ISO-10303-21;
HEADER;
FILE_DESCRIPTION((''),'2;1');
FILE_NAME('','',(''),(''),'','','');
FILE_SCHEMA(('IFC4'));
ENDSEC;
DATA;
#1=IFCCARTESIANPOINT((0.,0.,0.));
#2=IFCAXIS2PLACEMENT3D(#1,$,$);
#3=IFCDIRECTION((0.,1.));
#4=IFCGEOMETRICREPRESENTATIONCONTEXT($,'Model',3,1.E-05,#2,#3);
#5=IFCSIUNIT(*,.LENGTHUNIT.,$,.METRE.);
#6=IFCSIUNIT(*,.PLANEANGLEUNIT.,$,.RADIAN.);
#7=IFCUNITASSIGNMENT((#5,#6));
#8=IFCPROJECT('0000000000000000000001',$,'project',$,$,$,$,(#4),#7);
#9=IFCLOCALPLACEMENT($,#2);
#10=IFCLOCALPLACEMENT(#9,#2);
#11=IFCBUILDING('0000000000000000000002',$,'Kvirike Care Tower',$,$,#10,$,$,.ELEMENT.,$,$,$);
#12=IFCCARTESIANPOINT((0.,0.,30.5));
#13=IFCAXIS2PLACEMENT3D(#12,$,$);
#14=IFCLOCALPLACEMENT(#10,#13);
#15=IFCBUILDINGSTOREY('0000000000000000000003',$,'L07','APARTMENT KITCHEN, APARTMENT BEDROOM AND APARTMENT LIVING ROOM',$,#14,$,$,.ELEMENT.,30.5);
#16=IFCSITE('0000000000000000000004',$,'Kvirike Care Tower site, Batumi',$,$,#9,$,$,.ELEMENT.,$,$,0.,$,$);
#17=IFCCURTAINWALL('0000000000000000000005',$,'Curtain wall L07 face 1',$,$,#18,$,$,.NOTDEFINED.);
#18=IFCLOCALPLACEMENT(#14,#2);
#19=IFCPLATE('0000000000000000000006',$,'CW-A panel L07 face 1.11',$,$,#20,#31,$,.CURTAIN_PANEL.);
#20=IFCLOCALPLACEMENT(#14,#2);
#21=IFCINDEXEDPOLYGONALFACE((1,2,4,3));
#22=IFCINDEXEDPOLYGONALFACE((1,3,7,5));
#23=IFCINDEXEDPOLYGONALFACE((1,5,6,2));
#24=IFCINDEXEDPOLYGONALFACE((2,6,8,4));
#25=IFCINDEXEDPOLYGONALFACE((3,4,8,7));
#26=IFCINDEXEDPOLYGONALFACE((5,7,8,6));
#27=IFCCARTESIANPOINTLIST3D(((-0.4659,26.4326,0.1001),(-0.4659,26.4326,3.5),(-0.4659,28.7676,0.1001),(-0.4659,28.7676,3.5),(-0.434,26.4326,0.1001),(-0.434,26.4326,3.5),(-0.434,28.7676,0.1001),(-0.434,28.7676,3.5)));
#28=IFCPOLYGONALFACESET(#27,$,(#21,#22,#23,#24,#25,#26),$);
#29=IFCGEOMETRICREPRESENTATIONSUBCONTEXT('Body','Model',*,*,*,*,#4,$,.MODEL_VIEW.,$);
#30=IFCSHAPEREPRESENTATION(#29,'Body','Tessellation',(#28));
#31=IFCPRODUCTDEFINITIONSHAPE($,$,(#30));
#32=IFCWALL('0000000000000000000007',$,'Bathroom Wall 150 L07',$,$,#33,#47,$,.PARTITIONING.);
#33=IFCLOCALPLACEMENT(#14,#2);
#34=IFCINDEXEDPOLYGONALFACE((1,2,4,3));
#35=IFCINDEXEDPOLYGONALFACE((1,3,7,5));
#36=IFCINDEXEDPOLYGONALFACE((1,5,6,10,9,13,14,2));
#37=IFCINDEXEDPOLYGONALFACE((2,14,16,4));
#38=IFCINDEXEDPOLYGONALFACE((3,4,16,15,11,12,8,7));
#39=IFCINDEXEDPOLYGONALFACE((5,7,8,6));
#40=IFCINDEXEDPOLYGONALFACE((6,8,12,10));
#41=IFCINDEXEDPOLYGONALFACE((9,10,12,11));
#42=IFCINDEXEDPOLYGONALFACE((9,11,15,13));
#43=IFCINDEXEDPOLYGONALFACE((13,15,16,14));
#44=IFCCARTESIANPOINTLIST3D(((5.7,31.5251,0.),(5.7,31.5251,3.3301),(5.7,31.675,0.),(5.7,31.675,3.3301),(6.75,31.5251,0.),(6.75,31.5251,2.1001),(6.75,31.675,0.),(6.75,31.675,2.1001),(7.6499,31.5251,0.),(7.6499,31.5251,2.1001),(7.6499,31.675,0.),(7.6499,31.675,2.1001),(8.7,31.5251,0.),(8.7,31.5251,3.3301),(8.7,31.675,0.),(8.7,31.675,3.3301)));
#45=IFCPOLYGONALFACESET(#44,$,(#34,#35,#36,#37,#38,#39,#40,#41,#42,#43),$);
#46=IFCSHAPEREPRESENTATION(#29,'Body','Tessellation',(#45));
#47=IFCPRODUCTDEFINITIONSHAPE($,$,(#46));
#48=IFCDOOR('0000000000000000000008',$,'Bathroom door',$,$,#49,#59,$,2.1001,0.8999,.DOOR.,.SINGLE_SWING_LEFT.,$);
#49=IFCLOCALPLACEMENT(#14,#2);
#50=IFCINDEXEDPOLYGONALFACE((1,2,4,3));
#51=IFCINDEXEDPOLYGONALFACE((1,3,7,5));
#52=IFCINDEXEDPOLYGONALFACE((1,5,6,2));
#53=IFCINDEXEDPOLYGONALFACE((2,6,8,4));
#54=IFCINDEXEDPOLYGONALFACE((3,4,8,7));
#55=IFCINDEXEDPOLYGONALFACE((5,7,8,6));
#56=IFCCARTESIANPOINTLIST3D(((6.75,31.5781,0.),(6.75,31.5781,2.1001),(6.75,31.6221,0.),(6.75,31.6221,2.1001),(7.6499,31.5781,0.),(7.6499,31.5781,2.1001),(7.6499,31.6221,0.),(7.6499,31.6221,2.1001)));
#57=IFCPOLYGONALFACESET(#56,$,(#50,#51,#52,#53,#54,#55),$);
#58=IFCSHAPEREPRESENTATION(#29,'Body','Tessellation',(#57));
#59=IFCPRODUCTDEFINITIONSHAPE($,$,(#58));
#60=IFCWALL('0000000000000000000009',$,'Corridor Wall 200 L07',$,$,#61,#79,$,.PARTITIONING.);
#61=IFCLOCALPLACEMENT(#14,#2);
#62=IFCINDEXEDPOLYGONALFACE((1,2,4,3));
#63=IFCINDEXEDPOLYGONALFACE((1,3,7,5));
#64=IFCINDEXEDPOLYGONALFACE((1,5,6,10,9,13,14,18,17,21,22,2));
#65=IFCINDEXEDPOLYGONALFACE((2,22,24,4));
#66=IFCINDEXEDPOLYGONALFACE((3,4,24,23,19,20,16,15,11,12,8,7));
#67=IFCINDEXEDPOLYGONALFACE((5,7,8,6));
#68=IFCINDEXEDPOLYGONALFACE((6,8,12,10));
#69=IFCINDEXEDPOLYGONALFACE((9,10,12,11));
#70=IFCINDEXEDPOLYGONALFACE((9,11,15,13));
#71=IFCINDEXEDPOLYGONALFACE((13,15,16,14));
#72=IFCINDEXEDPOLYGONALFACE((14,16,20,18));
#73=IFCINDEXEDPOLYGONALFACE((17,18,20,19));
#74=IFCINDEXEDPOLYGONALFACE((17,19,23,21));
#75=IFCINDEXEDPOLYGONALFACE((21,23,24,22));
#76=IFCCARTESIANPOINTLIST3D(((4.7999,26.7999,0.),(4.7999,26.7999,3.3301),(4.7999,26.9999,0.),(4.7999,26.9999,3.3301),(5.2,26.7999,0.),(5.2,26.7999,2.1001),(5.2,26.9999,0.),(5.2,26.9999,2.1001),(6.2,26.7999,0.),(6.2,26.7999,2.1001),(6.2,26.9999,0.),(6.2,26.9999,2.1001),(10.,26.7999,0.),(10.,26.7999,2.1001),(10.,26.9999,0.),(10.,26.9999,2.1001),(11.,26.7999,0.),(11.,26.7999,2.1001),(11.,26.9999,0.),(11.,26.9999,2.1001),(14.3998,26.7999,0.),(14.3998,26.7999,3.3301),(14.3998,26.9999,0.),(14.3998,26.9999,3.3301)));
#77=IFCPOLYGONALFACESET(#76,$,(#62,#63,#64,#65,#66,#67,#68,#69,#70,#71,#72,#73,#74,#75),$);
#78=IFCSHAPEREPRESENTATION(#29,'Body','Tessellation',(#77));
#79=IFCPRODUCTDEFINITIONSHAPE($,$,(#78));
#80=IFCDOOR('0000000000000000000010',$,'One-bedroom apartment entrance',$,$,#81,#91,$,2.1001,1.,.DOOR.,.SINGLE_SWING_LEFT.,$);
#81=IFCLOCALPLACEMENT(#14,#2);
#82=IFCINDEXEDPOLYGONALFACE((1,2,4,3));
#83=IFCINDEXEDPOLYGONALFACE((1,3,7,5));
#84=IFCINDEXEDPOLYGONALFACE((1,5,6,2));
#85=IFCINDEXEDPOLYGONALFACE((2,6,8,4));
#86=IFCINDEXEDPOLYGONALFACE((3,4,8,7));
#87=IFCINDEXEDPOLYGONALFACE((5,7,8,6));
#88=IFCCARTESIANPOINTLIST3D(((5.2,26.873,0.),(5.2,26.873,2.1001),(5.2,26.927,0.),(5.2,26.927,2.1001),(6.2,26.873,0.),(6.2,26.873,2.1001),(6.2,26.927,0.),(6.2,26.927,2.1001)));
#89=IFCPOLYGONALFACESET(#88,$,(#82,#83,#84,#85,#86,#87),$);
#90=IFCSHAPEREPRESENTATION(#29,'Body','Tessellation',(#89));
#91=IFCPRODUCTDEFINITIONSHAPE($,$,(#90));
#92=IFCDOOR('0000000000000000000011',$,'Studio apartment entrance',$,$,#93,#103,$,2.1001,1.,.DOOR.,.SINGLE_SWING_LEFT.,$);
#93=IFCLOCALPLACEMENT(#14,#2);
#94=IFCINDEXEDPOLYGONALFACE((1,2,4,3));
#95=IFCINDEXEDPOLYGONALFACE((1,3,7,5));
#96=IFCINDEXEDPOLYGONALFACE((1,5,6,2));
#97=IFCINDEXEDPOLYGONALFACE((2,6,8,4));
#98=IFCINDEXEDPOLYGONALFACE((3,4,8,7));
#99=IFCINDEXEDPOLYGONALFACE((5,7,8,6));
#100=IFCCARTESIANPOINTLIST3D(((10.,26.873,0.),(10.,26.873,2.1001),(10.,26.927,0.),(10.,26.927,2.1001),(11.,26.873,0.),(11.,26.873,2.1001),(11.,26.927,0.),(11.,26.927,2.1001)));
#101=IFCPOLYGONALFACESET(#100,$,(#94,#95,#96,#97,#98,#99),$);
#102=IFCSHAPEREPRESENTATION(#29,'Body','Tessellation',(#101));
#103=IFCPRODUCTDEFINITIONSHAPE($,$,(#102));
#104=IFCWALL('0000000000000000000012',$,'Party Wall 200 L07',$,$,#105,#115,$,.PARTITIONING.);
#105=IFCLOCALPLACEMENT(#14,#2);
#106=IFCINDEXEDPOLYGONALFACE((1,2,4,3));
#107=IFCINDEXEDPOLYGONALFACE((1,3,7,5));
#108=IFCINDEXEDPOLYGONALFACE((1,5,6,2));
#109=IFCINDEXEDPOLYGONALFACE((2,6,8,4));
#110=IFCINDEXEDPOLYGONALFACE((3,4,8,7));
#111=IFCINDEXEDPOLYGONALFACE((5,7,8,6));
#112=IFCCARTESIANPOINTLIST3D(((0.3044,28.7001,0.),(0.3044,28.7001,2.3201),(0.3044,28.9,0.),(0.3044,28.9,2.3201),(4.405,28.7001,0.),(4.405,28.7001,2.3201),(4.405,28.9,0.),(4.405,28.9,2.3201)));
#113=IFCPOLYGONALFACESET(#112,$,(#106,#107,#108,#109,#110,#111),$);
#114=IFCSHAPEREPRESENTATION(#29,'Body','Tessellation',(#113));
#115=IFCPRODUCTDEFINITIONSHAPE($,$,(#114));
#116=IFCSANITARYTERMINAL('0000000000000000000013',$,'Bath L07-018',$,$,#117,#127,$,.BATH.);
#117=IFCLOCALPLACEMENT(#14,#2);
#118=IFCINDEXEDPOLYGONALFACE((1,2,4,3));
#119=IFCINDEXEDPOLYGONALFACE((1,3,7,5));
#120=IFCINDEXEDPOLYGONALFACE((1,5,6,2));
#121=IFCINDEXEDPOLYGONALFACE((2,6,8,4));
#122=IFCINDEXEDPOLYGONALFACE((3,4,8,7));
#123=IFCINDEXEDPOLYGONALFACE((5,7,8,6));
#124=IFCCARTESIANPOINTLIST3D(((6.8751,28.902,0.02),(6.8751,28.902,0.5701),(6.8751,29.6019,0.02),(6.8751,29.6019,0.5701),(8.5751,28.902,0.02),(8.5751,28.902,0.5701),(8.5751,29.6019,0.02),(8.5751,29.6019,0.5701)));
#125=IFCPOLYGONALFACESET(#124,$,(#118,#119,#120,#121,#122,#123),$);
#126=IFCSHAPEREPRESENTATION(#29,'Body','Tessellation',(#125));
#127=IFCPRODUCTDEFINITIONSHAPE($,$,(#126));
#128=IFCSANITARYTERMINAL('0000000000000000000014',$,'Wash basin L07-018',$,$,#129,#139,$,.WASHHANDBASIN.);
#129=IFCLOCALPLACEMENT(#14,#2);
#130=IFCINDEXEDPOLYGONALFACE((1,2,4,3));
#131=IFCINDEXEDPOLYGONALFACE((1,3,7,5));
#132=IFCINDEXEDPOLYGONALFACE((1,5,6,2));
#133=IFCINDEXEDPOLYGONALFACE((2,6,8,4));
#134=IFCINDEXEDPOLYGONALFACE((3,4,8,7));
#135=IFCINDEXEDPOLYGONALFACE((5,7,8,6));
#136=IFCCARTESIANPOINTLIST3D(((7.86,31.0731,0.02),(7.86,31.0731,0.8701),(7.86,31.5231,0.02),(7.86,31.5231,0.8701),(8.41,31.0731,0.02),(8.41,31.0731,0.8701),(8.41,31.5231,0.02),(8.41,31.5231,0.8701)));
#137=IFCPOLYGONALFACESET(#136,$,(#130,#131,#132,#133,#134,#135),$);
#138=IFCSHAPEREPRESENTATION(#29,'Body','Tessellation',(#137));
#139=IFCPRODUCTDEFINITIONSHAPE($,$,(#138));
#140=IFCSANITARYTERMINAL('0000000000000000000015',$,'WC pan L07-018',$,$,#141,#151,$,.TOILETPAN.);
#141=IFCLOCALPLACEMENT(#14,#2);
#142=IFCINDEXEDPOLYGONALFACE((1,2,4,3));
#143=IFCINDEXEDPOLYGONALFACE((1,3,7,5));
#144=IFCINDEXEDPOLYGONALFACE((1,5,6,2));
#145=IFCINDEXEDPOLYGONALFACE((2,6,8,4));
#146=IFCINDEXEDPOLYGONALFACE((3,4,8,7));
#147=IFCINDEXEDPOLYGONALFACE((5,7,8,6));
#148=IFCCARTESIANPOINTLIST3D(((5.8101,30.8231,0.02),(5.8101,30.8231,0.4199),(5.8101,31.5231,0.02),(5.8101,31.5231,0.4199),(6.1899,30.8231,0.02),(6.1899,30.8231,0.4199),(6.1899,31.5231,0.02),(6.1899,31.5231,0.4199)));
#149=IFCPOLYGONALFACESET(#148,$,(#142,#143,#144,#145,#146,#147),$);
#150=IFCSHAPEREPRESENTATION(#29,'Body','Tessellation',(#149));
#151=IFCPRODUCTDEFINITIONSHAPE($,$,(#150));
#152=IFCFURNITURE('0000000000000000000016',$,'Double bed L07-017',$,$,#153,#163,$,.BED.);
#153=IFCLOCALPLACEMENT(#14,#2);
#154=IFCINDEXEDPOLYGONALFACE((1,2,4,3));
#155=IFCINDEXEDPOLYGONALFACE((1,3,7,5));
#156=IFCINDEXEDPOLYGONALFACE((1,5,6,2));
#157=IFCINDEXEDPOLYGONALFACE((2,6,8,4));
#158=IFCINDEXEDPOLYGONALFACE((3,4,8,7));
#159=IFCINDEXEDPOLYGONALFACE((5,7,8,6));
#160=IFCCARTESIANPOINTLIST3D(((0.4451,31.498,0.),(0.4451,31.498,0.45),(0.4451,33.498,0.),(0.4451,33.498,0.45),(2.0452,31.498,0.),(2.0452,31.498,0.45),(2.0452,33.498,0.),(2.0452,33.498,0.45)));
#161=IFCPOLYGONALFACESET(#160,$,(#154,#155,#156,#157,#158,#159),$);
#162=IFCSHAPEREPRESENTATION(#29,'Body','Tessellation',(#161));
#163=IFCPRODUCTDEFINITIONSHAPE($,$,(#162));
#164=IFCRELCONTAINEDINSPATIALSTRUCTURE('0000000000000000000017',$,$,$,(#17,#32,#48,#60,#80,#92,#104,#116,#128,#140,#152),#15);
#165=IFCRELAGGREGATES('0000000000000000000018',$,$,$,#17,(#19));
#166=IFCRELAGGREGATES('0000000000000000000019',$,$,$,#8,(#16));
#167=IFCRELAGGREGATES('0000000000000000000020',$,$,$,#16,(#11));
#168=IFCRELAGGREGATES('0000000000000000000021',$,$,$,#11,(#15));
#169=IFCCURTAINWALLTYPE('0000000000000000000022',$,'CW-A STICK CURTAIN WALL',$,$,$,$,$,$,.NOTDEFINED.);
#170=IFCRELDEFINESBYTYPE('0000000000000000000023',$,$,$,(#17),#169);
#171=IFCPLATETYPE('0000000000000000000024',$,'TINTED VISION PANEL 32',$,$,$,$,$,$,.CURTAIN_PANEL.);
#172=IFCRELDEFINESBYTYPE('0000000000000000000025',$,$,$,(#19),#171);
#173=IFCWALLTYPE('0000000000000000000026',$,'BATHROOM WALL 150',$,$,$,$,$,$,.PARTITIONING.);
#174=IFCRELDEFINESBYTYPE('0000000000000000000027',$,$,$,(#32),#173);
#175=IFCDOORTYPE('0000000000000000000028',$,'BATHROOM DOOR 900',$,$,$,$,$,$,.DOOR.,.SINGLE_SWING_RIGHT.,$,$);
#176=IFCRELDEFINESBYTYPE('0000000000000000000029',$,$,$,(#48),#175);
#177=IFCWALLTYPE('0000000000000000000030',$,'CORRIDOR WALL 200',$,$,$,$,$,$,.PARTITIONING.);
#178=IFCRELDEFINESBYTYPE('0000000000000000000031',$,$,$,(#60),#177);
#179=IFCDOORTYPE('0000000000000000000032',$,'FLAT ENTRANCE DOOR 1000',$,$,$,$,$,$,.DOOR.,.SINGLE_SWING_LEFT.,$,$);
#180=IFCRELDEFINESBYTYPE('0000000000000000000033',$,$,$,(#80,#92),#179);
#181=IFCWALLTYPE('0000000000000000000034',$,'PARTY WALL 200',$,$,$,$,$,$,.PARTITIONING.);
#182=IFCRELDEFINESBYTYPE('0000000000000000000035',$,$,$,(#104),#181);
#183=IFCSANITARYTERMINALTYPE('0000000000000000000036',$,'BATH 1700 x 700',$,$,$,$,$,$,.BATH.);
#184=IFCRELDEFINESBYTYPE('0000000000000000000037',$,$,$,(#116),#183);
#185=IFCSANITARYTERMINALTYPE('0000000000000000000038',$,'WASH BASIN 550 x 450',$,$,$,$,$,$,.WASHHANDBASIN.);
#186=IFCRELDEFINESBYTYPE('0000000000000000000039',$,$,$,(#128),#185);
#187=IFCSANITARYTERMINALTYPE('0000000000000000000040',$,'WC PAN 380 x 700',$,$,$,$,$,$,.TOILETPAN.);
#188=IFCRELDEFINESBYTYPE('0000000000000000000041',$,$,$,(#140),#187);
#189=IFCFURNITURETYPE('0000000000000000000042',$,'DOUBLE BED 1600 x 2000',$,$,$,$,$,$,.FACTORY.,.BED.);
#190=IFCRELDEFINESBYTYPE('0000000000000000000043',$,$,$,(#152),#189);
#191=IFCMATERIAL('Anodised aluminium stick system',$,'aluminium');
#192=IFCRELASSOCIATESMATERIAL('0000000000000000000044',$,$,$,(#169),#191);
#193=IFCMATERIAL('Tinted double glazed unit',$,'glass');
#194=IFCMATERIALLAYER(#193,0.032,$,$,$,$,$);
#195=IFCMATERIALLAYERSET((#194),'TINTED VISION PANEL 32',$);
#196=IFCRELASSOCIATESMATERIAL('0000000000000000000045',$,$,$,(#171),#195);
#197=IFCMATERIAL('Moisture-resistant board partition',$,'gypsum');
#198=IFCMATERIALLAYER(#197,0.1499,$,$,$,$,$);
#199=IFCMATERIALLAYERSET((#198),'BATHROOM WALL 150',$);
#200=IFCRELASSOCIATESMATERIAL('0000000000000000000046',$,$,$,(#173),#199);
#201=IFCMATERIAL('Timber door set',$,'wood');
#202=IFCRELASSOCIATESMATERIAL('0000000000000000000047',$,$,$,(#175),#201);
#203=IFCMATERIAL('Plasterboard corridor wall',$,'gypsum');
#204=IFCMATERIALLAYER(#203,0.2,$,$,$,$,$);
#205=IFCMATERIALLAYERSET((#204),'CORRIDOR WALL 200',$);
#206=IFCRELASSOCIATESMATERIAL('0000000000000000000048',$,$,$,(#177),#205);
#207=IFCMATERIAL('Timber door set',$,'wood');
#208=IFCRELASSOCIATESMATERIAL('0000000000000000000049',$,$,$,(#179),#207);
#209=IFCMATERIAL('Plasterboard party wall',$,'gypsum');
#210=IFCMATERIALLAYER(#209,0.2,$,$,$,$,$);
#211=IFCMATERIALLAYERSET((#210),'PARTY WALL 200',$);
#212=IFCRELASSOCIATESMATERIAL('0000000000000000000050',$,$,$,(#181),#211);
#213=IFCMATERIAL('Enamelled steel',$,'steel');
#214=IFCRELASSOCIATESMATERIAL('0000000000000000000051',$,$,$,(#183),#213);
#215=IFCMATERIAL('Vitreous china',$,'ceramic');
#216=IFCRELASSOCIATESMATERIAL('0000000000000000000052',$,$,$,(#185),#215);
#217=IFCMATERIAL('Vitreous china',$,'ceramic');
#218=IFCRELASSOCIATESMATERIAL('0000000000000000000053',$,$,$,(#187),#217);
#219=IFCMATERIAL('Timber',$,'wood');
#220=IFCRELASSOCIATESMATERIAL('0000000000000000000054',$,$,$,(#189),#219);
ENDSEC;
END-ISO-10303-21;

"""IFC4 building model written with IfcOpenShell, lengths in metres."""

from ifc_helpers import new_model, si_unit, direction, frame, frame_2d, origin, origin_2d, place, context, subcontext, project, spatial, rectangle, extrude, material, layer, layer_set, type_object, element, fill, aggregate, save


model = new_model("IFC4")

# Units and contexts
model_context = context("Model", 3, precision=1e-05, world=origin(), true_north=direction((0.0, 1.0)))
body_context = subcontext(model_context, "Body", "Model", "MODEL_VIEW")
ifc_project = project(units=[si_unit("LENGTHUNIT", "METRE"), si_unit("PLANEANGLEUNIT", "RADIAN")], contexts=[model_context])

# Site, building, storey
site_placement = place(None, origin())
site = spatial("IfcSite", under=ifc_project, at=site_placement, Name="Kvirike Care Tower site, Batumi", CompositionType="ELEMENT", RefElevation=0.0)
building_placement = place(site_placement, origin())
building = spatial("IfcBuilding", under=site, at=building_placement, Name="Kvirike Care Tower", CompositionType="ELEMENT")
storey_placement = place(building_placement, frame((0.0, 0.0, 30.5)))
storey = spatial("IfcBuildingStorey", under=building, at=storey_placement, Name="L07", Description="APARTMENT KITCHEN, APARTMENT BEDROOM AND APARTMENT LIVING ROOM", CompositionType="ELEMENT", Elevation=30.5)

# Curtain wall
ifc_material_1 = material(Name="Anodised aluminium stick system", Category="aluminium")
curtain_wall_type = type_object("IfcCurtainWallType", Name="CW-A STICK CURTAIN WALL", PredefinedType="NOTDEFINED", material=ifc_material_1)
curtain_wall_placement = place(storey_placement, origin())
curtain_wall = element("IfcCurtainWall", 1, at=curtain_wall_placement, inside=storey, type_object=curtain_wall_type, Name="Curtain wall L07 face 1", PredefinedType="NOTDEFINED")

# Plate
ifc_material_2 = material(Name="Tinted double glazed unit", Category="glass")
ifc_layer_1 = layer(ifc_material_2, 0.032)
ifc_layer_set_1 = layer_set([ifc_layer_1], Name="TINTED VISION PANEL 32")
plate_type = type_object("IfcPlateType", Name="TINTED VISION PANEL 32", PredefinedType="CURTAIN_PANEL", material=ifc_layer_set_1)
plate_1_placement = place(storey_placement, frame((-0.45, 27.6001, 0.1001), z_axis=(0.0, 0.0, 1.0), x_axis=(0.0, -1.0, 0.0)))
plate_1 = element("IfcPlate", 2, at=plate_1_placement, type_object=plate_type, Name="CW-A panel L07 face 1.11", PredefinedType="CURTAIN_PANEL", context=body_context, shape_type="SweptSolid", body=[
    extrude(rectangle(XDim=2.335, YDim=0.032, at=origin_2d()), origin(), (0.0, 0.0, 1.0), 3.3999),
])
aggregate(curtain_wall, [plate_1])

# Wall, opening, door
ifc_material_3 = material(Name="Moisture-resistant board partition", Category="gypsum")
ifc_layer_2 = layer(ifc_material_3, 0.1499)
ifc_layer_set_2 = layer_set([ifc_layer_2], Name="BATHROOM WALL 150")
wall_type_1 = type_object("IfcWallType", Name="BATHROOM WALL 150", PredefinedType="PARTITIONING", material=ifc_layer_set_2)
wall_1_placement = place(storey_placement, frame((5.7, 31.6001, 0.0), z_axis=(0.0, 0.0, 1.0), x_axis=(1.0, 0.0, 0.0)))
wall_1 = element("IfcWall", 3, at=wall_1_placement, inside=storey, type_object=wall_type_1, Name="Bathroom Wall 150 L07", PredefinedType="PARTITIONING", context=body_context, shape_type="SweptSolid", body=[
    extrude(rectangle(XDim=3.0, YDim=0.1499, at=frame_2d((1.5, 0.0))), origin(), (0.0, 0.0, 1.0), 3.3301),
])
opening_1_placement = place(wall_1_placement, frame((1.05, 0.0, 0.0)))
opening_1 = element("IfcOpeningElement", 4, at=opening_1_placement, cuts=wall_1, PredefinedType="OPENING", context=body_context, shape_type="SweptSolid", body=[
    extrude(rectangle(XDim=0.8999, YDim=2.1001, at=frame_2d((0.45, 1.05))), frame((0.0, 0.0854, 0.0), z_axis=(0.0, -1.0, 0.0), x_axis=(1.0, 0.0, 0.0)), (0.0, 0.0, 1.0), 0.1709),
])
ifc_material_4 = material(Name="Timber door set", Category="wood")
door_type_1 = type_object("IfcDoorType", Name="BATHROOM DOOR 900", OperationType="SINGLE_SWING_RIGHT", PredefinedType="DOOR", material=ifc_material_4)
door_1_placement = place(opening_1_placement, frame((0.8999, 0.0, 0.0), z_axis=(0.0, 0.0, 1.0), x_axis=(-1.0, 0.0, 0.0)))
door_1 = element("IfcDoor", 5, at=door_1_placement, inside=storey, type_object=door_type_1, Name="Bathroom door", OperationType="SINGLE_SWING_LEFT", OverallHeight=2.1001, OverallWidth=0.8999, PredefinedType="DOOR", context=body_context, shape_type="SweptSolid", body=[
    extrude(rectangle(XDim=0.8999, YDim=2.1001, at=frame_2d((0.45, 1.05))), frame((0.0, 0.022, 0.0), z_axis=(0.0, -1.0, 0.0), x_axis=(1.0, 0.0, 0.0)), (0.0, 0.0, 1.0), 0.0439),
])
fill(opening_1, door_1)

# Wall, openings, doors
ifc_material_5 = material(Name="Plasterboard corridor wall", Category="gypsum")
ifc_layer_3 = layer(ifc_material_5, 0.2)
ifc_layer_set_3 = layer_set([ifc_layer_3], Name="CORRIDOR WALL 200")
wall_type_2 = type_object("IfcWallType", Name="CORRIDOR WALL 200", PredefinedType="PARTITIONING", material=ifc_layer_set_3)
wall_2_placement = place(storey_placement, frame((4.8, 26.8999, 0.0), z_axis=(0.0, 0.0, 1.0), x_axis=(1.0, 0.0, 0.0)))
wall_2 = element("IfcWall", 6, at=wall_2_placement, inside=storey, type_object=wall_type_2, Name="Corridor Wall 200 L07", PredefinedType="PARTITIONING", context=body_context, shape_type="SweptSolid", body=[
    extrude(rectangle(XDim=9.5999, YDim=0.2, at=frame_2d((4.7998, 0.0))), origin(), (0.0, 0.0, 1.0), 3.3301),
])
opening_2_placement = place(wall_2_placement, frame((0.3999, 0.0, 0.0)))
opening_2 = element("IfcOpeningElement", 7, at=opening_2_placement, cuts=wall_2, PredefinedType="OPENING", context=body_context, shape_type="SweptSolid", body=[
    extrude(rectangle(XDim=1.0, YDim=2.1001, at=frame_2d((0.5, 1.05))), frame((0.0, 0.1106, 0.0), z_axis=(0.0, -1.0, 0.0), x_axis=(1.0, 0.0, 0.0)), (0.0, 0.0, 1.0), 0.2209),
])
opening_3_placement = place(wall_2_placement, frame((5.2, 0.0, 0.0)))
opening_3 = element("IfcOpeningElement", 8, at=opening_3_placement, cuts=wall_2, PredefinedType="OPENING", context=body_context, shape_type="SweptSolid", body=[
    extrude(rectangle(XDim=1.0, YDim=2.1001, at=frame_2d((0.5, 1.05))), frame((0.0, 0.1106, 0.0), z_axis=(0.0, -1.0, 0.0), x_axis=(1.0, 0.0, 0.0)), (0.0, 0.0, 1.0), 0.2209),
])
ifc_material_6 = material(Name="Timber door set", Category="wood")
door_type_2 = type_object("IfcDoorType", Name="FLAT ENTRANCE DOOR 1000", OperationType="SINGLE_SWING_LEFT", PredefinedType="DOOR", material=ifc_material_6)
door_2_placement = place(opening_2_placement, frame((1.0, 0.0, 0.0), z_axis=(0.0, 0.0, 1.0), x_axis=(-1.0, 0.0, 0.0)))
door_2 = element("IfcDoor", 9, at=door_2_placement, inside=storey, type_object=door_type_2, Name="One-bedroom apartment entrance", OperationType="SINGLE_SWING_LEFT", OverallHeight=2.1001, OverallWidth=1.0, PredefinedType="DOOR", context=body_context, shape_type="SweptSolid", body=[
    extrude(rectangle(XDim=1.0, YDim=2.1001, at=frame_2d((0.5, 1.05))), frame((0.0, 0.0269, 0.0), z_axis=(0.0, -1.0, 0.0), x_axis=(1.0, 0.0, 0.0)), (0.0, 0.0, 1.0), 0.054),
])
fill(opening_2, door_2)
door_3_placement = place(opening_3_placement, frame((1.0, 0.0, 0.0), z_axis=(0.0, 0.0, 1.0), x_axis=(-1.0, 0.0, 0.0)))
door_3 = element("IfcDoor", 10, at=door_3_placement, inside=storey, type_object=door_type_2, Name="Studio apartment entrance", OperationType="SINGLE_SWING_LEFT", OverallHeight=2.1001, OverallWidth=1.0, PredefinedType="DOOR", context=body_context, shape_type="SweptSolid", body=[
    extrude(rectangle(XDim=1.0, YDim=2.1001, at=frame_2d((0.5, 1.05))), frame((0.0, 0.0269, 0.0), z_axis=(0.0, -1.0, 0.0), x_axis=(1.0, 0.0, 0.0)), (0.0, 0.0, 1.0), 0.054),
])
fill(opening_3, door_3)

# Wall
ifc_material_7 = material(Name="Plasterboard party wall", Category="gypsum")
ifc_layer_4 = layer(ifc_material_7, 0.2)
ifc_layer_set_4 = layer_set([ifc_layer_4], Name="PARTY WALL 200")
wall_type_3 = type_object("IfcWallType", Name="PARTY WALL 200", PredefinedType="PARTITIONING", material=ifc_layer_set_4)
wall_3_placement = place(storey_placement, frame((4.405, 28.8, 0.0), z_axis=(0.0, 0.0, 1.0), x_axis=(-1.0, 0.0, 0.0)))
element("IfcWall", 11, at=wall_3_placement, inside=storey, type_object=wall_type_3, Name="Party Wall 200 L07", PredefinedType="PARTITIONING", context=body_context, shape_type="SweptSolid", body=[
    extrude(rectangle(XDim=4.1006, YDim=0.2, at=frame_2d((2.0503, 0.0))), origin(), (0.0, 0.0, 1.0), 2.3201),
])

# Sanitary terminals
ifc_material_8 = material(Name="Enamelled steel", Category="steel")
sanitary_terminal_type_1 = type_object("IfcSanitaryTerminalType", Name="BATH 1700 x 700", PredefinedType="BATH", material=ifc_material_8)
sanitary_terminal_1_placement = place(storey_placement, frame((7.7251, 29.252, 0.02), z_axis=(0.0, 0.0, 1.0), x_axis=(-1.0, 0.0, 0.0)))
element("IfcSanitaryTerminal", 12, at=sanitary_terminal_1_placement, inside=storey, type_object=sanitary_terminal_type_1, Name="Bath L07-018", PredefinedType="BATH", context=body_context, shape_type="SweptSolid", body=[
    extrude(rectangle(XDim=1.7, YDim=0.7, at=origin_2d()), origin(), (0.0, 0.0, 1.0), 0.55),
])
ifc_material_9 = material(Name="Vitreous china", Category="ceramic")
sanitary_terminal_type_2 = type_object("IfcSanitaryTerminalType", Name="WASH BASIN 550 x 450", PredefinedType="WASHHANDBASIN", material=ifc_material_9)
sanitary_terminal_2_placement = place(storey_placement, frame((8.135, 31.2981, 0.02), z_axis=(0.0, 0.0, 1.0), x_axis=(1.0, 0.0, 0.0)))
element("IfcSanitaryTerminal", 13, at=sanitary_terminal_2_placement, inside=storey, type_object=sanitary_terminal_type_2, Name="Wash basin L07-018", PredefinedType="WASHHANDBASIN", context=body_context, shape_type="SweptSolid", body=[
    extrude(rectangle(XDim=0.55, YDim=0.45, at=origin_2d()), origin(), (0.0, 0.0, 1.0), 0.8501),
])
ifc_material_10 = material(Name="Vitreous china", Category="ceramic")
sanitary_terminal_type_3 = type_object("IfcSanitaryTerminalType", Name="WC PAN 380 x 700", PredefinedType="TOILETPAN", material=ifc_material_10)
sanitary_terminal_3_placement = place(storey_placement, frame((6.0, 31.1731, 0.02), z_axis=(0.0, 0.0, 1.0), x_axis=(1.0, 0.0, 0.0)))
element("IfcSanitaryTerminal", 14, at=sanitary_terminal_3_placement, inside=storey, type_object=sanitary_terminal_type_3, Name="WC pan L07-018", PredefinedType="TOILETPAN", context=body_context, shape_type="SweptSolid", body=[
    extrude(rectangle(XDim=0.3799, YDim=0.7, at=origin_2d()), origin(), (0.0, 0.0, 1.0), 0.3999),
])

# Furniture
ifc_material_11 = material(Name="Timber", Category="wood")
furniture_type = type_object("IfcFurnitureType", Name="DOUBLE BED 1600 x 2000", AssemblyPlace="FACTORY", PredefinedType="BED", material=ifc_material_11)
furniture_placement = place(storey_placement, frame((1.2451, 32.498, 0.0), z_axis=(0.0, 0.0, 1.0), x_axis=(1.0, 0.0, 0.0)))
element("IfcFurniture", 15, at=furniture_placement, inside=storey, type_object=furniture_type, Name="Double bed L07-017", PredefinedType="BED", context=body_context, shape_type="SweptSolid", body=[
    extrude(rectangle(XDim=1.6001, YDim=2.0, at=origin_2d()), origin(), (0.0, 0.0, 1.0), 0.45),
])

save(model, "model.ifc")
